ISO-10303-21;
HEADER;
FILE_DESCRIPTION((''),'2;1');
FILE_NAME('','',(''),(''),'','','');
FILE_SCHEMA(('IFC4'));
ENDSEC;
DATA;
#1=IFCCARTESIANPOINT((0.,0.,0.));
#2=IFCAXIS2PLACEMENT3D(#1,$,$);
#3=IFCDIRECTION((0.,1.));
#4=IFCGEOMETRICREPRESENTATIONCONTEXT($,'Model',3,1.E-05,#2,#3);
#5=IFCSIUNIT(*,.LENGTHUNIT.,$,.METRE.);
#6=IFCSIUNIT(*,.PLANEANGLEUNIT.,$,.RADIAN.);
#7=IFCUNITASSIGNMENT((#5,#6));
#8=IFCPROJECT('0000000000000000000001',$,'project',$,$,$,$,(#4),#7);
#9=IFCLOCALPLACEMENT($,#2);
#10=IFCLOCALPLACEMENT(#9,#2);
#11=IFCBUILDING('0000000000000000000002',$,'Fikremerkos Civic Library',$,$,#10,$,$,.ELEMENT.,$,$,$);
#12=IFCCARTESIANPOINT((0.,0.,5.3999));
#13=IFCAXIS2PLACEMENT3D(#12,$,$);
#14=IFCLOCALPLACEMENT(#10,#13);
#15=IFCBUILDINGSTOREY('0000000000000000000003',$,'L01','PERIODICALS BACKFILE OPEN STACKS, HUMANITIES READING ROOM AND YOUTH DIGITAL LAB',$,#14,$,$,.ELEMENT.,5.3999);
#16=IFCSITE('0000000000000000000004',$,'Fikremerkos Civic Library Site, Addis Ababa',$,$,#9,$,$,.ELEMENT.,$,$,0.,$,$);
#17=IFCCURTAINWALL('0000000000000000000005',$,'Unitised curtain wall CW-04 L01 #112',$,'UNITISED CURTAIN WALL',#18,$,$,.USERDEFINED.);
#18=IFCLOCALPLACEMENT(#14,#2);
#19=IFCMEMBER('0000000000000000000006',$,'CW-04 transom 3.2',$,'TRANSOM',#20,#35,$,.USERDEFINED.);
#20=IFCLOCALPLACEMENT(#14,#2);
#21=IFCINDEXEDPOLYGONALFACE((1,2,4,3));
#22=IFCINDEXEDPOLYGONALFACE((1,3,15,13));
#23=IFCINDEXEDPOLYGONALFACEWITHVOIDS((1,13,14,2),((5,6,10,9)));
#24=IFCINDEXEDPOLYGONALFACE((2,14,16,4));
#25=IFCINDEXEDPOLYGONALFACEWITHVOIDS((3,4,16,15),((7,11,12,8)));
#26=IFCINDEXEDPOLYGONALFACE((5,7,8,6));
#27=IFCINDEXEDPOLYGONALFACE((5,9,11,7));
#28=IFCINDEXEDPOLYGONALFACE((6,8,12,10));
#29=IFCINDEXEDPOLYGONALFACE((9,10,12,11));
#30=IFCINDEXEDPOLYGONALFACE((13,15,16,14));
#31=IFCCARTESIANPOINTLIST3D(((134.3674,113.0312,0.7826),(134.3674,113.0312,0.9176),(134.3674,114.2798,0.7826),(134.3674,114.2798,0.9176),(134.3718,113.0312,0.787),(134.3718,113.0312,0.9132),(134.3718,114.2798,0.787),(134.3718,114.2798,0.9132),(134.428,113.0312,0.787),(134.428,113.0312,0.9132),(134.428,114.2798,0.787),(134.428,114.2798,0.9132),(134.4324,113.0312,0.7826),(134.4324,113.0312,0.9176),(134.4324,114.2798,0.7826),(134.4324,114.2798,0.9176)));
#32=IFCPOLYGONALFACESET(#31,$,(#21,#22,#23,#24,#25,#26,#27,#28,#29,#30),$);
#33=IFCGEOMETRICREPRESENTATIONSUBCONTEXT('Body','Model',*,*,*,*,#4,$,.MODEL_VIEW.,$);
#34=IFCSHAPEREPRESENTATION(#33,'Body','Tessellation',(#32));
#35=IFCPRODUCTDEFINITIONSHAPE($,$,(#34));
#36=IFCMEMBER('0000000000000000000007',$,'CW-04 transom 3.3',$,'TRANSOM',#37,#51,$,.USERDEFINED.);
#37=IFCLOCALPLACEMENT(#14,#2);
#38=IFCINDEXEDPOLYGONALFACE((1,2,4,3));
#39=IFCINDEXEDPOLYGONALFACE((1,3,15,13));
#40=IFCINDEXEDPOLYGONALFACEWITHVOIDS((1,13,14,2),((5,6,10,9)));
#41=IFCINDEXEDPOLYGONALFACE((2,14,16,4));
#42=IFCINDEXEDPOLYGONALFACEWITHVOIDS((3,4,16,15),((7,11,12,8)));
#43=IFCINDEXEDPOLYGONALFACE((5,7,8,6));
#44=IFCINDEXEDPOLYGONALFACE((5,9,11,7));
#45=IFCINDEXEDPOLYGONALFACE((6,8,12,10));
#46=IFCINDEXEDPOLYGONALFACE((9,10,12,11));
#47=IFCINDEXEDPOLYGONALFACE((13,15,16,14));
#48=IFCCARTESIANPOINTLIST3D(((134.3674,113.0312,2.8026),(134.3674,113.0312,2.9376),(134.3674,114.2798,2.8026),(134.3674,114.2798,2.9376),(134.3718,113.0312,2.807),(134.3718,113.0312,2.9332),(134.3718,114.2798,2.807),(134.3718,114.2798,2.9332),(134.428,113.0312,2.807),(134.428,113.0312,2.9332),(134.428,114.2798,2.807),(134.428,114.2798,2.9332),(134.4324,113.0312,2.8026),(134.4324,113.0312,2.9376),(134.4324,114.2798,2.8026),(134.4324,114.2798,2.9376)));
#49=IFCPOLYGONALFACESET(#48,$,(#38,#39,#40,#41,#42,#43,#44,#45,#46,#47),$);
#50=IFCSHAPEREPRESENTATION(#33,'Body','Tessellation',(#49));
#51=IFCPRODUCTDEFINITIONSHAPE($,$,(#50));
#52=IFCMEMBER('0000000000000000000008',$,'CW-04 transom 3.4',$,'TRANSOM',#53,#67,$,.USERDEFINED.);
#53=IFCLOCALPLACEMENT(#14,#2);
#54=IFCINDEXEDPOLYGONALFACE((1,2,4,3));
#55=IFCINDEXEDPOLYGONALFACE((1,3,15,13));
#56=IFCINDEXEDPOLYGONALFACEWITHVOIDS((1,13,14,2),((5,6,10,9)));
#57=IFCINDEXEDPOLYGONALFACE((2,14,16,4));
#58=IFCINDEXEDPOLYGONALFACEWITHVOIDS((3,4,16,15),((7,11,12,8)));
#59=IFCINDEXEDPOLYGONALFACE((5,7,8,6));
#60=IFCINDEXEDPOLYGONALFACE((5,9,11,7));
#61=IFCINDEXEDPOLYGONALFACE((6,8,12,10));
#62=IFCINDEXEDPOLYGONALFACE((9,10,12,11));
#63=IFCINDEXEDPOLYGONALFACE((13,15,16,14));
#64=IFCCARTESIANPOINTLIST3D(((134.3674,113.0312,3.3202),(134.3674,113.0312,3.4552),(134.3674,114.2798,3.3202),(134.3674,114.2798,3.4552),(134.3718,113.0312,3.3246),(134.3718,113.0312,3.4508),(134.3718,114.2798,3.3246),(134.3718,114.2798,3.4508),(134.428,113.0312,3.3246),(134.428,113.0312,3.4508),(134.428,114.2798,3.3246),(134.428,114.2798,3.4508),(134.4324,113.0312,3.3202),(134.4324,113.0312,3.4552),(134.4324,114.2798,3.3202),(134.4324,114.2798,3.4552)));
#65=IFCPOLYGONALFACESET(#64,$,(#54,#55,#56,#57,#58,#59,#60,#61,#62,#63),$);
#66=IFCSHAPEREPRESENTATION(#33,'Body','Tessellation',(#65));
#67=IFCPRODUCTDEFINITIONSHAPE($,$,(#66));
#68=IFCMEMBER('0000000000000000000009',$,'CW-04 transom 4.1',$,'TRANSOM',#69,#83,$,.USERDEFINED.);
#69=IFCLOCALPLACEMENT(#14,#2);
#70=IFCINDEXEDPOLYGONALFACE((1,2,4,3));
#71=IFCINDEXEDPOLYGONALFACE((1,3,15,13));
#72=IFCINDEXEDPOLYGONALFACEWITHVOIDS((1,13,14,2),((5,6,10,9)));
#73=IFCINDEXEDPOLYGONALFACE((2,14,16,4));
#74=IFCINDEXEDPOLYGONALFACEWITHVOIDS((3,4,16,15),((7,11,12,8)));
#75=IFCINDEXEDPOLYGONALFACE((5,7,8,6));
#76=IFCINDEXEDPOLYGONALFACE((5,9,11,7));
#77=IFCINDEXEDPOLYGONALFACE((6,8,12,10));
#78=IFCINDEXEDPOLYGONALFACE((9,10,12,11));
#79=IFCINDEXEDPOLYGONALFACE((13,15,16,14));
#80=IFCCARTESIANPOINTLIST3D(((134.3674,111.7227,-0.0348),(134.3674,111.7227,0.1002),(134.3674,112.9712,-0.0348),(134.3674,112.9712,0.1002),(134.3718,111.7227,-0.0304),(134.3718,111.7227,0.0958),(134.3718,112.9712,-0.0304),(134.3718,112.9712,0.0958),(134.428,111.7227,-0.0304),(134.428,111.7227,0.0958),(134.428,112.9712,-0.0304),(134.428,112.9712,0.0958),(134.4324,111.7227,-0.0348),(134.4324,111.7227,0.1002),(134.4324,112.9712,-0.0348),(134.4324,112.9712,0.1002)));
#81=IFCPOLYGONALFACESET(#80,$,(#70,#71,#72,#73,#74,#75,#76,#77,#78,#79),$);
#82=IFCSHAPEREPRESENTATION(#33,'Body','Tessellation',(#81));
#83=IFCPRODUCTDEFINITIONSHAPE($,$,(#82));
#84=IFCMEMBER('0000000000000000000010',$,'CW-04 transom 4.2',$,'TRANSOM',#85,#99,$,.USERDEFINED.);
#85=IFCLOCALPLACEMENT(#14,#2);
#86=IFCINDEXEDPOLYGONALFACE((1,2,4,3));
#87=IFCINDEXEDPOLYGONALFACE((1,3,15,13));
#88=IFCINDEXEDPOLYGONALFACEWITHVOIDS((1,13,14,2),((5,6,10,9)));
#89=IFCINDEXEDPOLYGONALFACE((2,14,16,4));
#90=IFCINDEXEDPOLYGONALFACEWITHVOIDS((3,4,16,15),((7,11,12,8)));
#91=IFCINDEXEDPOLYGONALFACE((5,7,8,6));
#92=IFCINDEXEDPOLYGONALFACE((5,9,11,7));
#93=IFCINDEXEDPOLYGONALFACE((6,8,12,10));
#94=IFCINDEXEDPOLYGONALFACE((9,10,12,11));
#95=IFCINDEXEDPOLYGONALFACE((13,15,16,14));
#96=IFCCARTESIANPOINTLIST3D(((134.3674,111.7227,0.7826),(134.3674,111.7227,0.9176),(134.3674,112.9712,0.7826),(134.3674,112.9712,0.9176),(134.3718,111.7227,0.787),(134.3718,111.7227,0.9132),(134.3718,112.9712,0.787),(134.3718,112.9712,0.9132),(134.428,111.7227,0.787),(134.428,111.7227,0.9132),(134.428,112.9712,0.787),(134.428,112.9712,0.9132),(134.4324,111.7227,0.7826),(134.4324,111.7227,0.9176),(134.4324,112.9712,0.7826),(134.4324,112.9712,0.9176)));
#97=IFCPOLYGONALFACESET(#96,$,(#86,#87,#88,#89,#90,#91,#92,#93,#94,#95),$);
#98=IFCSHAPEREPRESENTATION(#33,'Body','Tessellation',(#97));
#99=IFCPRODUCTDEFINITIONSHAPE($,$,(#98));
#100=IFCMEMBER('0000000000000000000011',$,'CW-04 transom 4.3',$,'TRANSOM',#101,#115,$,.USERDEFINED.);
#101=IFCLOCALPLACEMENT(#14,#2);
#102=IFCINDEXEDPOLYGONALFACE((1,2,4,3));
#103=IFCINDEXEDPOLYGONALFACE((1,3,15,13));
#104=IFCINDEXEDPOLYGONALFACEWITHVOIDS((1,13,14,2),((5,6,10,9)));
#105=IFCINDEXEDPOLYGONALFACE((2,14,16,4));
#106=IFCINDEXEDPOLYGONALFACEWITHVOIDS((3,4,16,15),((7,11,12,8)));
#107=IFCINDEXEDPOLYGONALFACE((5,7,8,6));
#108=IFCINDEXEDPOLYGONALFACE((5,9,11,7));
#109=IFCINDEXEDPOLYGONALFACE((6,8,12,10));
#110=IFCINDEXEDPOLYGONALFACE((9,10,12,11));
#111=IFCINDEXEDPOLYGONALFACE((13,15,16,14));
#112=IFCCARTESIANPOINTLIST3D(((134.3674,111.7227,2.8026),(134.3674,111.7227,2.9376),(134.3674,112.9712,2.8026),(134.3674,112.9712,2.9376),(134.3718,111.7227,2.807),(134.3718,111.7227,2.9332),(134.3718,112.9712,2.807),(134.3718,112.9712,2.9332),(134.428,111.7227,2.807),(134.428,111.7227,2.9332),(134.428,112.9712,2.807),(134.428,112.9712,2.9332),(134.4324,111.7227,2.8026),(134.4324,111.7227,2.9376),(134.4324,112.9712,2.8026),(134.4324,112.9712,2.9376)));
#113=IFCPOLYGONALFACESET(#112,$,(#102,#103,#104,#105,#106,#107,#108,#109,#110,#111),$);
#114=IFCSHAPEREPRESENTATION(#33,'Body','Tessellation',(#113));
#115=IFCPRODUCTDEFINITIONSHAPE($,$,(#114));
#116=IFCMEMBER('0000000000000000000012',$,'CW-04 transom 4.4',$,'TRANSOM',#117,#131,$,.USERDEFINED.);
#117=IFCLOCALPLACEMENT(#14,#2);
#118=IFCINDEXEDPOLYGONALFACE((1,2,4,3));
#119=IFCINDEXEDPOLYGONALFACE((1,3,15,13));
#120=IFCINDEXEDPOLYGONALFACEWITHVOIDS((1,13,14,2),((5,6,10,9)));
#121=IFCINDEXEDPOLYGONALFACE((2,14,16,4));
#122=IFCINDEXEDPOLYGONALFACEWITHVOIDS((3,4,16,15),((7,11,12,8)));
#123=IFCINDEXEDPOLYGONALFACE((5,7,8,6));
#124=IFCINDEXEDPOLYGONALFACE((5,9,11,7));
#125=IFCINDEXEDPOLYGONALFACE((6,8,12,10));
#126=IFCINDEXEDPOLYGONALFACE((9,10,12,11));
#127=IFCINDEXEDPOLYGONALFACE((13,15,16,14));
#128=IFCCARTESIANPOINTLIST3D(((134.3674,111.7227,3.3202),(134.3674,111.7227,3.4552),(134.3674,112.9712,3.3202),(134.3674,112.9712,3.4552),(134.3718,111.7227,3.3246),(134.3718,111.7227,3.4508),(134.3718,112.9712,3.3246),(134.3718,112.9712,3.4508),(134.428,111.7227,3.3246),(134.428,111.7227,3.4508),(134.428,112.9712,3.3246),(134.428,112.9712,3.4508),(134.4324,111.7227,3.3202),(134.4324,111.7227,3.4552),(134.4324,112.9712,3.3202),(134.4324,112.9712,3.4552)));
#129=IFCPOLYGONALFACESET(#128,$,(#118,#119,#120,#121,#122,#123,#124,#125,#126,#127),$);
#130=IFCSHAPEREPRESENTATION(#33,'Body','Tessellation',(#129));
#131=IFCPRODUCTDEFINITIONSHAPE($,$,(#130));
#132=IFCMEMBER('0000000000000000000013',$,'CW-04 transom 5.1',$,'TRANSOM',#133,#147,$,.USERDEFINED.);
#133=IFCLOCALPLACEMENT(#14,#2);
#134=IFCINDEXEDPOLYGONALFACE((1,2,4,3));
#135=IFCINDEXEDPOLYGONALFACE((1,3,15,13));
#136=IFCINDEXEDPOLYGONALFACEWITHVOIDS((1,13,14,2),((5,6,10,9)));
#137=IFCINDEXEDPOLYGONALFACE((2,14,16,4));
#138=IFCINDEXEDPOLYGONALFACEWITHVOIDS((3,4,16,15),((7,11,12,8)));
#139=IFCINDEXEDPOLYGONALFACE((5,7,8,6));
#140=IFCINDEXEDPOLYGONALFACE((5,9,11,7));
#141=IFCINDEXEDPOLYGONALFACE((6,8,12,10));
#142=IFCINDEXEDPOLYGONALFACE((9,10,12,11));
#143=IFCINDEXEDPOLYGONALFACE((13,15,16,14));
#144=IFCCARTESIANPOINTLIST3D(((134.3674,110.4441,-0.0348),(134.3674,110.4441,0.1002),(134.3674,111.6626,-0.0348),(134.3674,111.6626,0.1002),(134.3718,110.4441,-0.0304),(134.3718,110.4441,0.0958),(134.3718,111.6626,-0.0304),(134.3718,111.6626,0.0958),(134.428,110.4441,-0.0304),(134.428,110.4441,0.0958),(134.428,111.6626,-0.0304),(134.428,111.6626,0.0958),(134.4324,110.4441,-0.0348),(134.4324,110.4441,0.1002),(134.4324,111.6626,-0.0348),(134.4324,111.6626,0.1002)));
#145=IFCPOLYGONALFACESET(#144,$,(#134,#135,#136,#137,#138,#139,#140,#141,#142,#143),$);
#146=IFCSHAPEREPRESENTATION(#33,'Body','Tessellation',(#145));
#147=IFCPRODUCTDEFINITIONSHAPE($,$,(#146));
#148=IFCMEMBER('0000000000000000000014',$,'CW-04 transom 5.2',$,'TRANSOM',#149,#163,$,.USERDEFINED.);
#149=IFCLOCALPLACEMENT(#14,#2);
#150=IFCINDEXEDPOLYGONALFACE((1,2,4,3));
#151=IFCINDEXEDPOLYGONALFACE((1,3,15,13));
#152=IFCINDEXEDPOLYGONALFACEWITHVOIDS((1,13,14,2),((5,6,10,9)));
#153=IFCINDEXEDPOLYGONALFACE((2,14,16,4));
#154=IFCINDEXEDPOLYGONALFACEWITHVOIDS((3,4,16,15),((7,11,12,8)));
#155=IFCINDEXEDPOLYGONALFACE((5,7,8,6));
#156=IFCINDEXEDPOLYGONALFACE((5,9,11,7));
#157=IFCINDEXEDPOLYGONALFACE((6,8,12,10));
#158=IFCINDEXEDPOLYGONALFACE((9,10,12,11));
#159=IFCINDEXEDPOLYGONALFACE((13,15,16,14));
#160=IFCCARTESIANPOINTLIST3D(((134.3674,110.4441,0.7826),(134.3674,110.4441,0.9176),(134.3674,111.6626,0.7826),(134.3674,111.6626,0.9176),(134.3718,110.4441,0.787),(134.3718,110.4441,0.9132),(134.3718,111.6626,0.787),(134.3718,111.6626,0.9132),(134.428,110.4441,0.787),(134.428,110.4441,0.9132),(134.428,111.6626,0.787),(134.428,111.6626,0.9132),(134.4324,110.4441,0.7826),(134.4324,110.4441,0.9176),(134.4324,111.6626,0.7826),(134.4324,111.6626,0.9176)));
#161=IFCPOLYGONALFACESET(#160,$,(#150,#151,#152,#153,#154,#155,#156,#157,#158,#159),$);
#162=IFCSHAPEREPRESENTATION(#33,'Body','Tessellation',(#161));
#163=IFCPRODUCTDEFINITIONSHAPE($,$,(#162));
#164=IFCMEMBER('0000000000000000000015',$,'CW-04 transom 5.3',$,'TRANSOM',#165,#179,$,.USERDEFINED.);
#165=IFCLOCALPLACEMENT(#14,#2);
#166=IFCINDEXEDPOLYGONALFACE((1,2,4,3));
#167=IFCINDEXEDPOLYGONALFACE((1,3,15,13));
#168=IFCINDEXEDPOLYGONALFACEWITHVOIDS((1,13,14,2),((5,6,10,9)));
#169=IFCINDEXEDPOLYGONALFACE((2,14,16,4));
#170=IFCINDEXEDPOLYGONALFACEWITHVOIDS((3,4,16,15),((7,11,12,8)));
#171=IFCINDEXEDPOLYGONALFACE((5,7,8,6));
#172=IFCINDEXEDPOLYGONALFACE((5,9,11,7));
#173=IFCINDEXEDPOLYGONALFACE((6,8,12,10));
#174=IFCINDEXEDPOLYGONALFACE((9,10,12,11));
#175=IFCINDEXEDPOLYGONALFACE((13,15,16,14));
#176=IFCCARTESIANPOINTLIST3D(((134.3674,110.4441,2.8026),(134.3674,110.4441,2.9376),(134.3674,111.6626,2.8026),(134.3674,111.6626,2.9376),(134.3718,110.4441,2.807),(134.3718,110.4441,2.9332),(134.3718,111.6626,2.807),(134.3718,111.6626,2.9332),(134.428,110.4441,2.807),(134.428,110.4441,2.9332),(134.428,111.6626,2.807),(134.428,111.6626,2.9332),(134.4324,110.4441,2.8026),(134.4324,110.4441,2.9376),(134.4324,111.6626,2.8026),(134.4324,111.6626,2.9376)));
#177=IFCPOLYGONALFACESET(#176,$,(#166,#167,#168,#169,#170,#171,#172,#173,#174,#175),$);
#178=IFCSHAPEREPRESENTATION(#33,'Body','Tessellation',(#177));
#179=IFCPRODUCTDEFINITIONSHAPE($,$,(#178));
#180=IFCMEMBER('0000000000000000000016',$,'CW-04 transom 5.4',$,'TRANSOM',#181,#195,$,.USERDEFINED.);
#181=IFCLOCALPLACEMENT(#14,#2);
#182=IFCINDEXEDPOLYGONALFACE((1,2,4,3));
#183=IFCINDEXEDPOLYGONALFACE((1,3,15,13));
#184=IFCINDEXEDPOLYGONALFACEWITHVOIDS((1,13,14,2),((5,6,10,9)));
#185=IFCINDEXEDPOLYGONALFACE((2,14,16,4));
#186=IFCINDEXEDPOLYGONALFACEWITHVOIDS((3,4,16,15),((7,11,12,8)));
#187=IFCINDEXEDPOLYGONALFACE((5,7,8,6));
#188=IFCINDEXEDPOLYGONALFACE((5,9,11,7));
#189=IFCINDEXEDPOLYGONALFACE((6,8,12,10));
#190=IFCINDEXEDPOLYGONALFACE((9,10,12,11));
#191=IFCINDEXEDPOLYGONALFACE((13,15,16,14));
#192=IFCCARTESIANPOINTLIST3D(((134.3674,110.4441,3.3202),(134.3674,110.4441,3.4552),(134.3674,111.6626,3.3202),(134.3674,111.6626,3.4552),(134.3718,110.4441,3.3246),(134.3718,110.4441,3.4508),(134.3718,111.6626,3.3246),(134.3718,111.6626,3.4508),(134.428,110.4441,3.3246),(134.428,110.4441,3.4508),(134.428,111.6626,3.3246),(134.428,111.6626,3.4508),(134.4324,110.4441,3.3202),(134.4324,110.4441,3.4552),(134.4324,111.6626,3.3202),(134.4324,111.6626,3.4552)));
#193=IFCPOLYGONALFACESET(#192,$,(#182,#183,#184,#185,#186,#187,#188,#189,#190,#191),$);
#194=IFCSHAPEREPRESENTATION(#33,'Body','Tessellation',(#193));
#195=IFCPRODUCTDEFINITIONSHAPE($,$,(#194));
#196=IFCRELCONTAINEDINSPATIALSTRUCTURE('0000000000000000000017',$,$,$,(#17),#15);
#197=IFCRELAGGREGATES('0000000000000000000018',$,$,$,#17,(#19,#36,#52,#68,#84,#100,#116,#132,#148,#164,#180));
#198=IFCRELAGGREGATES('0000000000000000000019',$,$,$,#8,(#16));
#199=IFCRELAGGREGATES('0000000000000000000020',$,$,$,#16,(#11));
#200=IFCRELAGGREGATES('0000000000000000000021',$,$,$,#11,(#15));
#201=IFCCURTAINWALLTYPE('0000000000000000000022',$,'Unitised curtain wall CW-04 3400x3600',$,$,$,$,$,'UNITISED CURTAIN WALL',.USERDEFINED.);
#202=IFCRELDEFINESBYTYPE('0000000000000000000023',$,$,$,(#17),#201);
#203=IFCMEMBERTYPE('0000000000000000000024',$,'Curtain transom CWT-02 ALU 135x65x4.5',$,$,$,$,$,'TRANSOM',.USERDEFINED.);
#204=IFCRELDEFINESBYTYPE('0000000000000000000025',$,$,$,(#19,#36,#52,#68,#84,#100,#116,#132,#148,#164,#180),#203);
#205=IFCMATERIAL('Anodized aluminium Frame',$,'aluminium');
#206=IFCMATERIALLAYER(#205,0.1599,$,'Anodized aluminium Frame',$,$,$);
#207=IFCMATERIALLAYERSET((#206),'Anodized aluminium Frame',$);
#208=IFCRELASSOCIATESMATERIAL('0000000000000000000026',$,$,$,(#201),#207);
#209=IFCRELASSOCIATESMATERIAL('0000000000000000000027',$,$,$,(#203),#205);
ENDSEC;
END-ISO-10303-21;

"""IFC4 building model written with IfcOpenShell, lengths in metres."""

from ifc_helpers import new_model, si_unit, direction, frame, origin, origin_2d, place, context, subcontext, project, spatial, hollow_rectangle, extrude, material, layer, layer_set, material_profile, profile_set, type_object, element, aggregate, save


model = new_model("IFC4")

# Units and contexts
model_context = context("Model", 3, precision=1e-05, world=origin(), true_north=direction((0.0, 1.0)))
body_context = subcontext(model_context, "Body", "Model", "MODEL_VIEW")
ifc_project = project(units=[si_unit("LENGTHUNIT", "METRE"), si_unit("PLANEANGLEUNIT", "RADIAN")], contexts=[model_context])

# Site, building, storey
site_placement = place(None, origin())
site = spatial("IfcSite", under=ifc_project, at=site_placement, Name="Fikremerkos Civic Library Site, Addis Ababa", CompositionType="ELEMENT", RefElevation=0.0)
building_placement = place(site_placement, origin())
building = spatial("IfcBuilding", under=site, at=building_placement, Name="Fikremerkos Civic Library", CompositionType="ELEMENT")
storey_placement = place(building_placement, frame((0.0, 0.0, 5.3999)))
storey = spatial("IfcBuildingStorey", under=building, at=storey_placement, Name="L01", Description="PERIODICALS BACKFILE OPEN STACKS, HUMANITIES READING ROOM AND YOUTH DIGITAL LAB", CompositionType="ELEMENT", Elevation=5.3999)

# Shared definitions
ifc_material_1 = material(Name="Anodized aluminium Frame", Category="aluminium")

# Curtain wall, members
ifc_layer_1 = layer(ifc_material_1, 0.1599, Name="Anodized aluminium Frame")
ifc_layer_set_1 = layer_set([ifc_layer_1], Name="Anodized aluminium Frame")
curtain_wall_type_1 = type_object("IfcCurtainWallType", Name="Unitised curtain wall CW-04 3400x3600", ElementType="UNITISED CURTAIN WALL", PredefinedType="USERDEFINED", material=ifc_layer_set_1)
curtain_wall_1_placement = place(storey_placement, origin())
curtain_wall_1 = element("IfcCurtainWall", 1, at=curtain_wall_1_placement, inside=storey, type_object=curtain_wall_type_1, Name="Unitised curtain wall CW-04 L01 #112", ObjectType="UNITISED CURTAIN WALL", PredefinedType="USERDEFINED")
ifc_material_profile_1 = material_profile(ifc_material_1, hollow_rectangle(XDim=0.0649, YDim=0.135, WallThickness=0.0044, at=origin_2d()), Name="ALU 135x65x4.5")
ifc_profile_set_1 = profile_set([ifc_material_profile_1], Name="Anodized aluminium Frame")
member_type_1 = type_object("IfcMemberType", Name="Curtain transom CWT-02 ALU 135x65x4.5", ElementType="TRANSOM", PredefinedType="USERDEFINED", material=ifc_profile_set_1)
member_1_placement = place(storey_placement, frame((134.3999, 114.2798, 0.8501), z_axis=(0.0, -1.0, 0.0), x_axis=(1.0, 0.0, 0.0)))
member_1 = element("IfcMember", 2, at=member_1_placement, type_object=member_type_1, Name="CW-04 transom 3.2", ObjectType="TRANSOM", PredefinedType="USERDEFINED", context=body_context, shape_type="SweptSolid", body=[
    extrude(hollow_rectangle(XDim=0.0649, YDim=0.135, WallThickness=0.0044, at=origin_2d()), origin(), (0.0, 0.0, 1.0), 1.2485),
])
member_2_placement = place(storey_placement, frame((134.3999, 114.2798, 2.8701), z_axis=(0.0, -1.0, 0.0), x_axis=(1.0, 0.0, 0.0)))
member_2 = element("IfcMember", 3, at=member_2_placement, type_object=member_type_1, Name="CW-04 transom 3.3", ObjectType="TRANSOM", PredefinedType="USERDEFINED", context=body_context, shape_type="SweptSolid", body=[
    extrude(hollow_rectangle(XDim=0.0649, YDim=0.135, WallThickness=0.0044, at=origin_2d()), origin(), (0.0, 0.0, 1.0), 1.2485),
])
member_3_placement = place(storey_placement, frame((134.3999, 114.2798, 3.3877), z_axis=(0.0, -1.0, 0.0), x_axis=(1.0, 0.0, 0.0)))
member_3 = element("IfcMember", 4, at=member_3_placement, type_object=member_type_1, Name="CW-04 transom 3.4", ObjectType="TRANSOM", PredefinedType="USERDEFINED", context=body_context, shape_type="SweptSolid", body=[
    extrude(hollow_rectangle(XDim=0.0649, YDim=0.135, WallThickness=0.0044, at=origin_2d()), origin(), (0.0, 0.0, 1.0), 1.2485),
])
member_4_placement = place(storey_placement, frame((134.3999, 112.9712, 0.0327), z_axis=(0.0, -1.0, 0.0), x_axis=(1.0, 0.0, 0.0)))
member_4 = element("IfcMember", 5, at=member_4_placement, type_object=member_type_1, Name="CW-04 transom 4.1", ObjectType="TRANSOM", PredefinedType="USERDEFINED", context=body_context, shape_type="SweptSolid", body=[
    extrude(hollow_rectangle(XDim=0.0649, YDim=0.135, WallThickness=0.0044, at=origin_2d()), origin(), (0.0, 0.0, 1.0), 1.2485),
])
member_5_placement = place(storey_placement, frame((134.3999, 112.9712, 0.8501), z_axis=(0.0, -1.0, 0.0), x_axis=(1.0, 0.0, 0.0)))
member_5 = element("IfcMember", 6, at=member_5_placement, type_object=member_type_1, Name="CW-04 transom 4.2", ObjectType="TRANSOM", PredefinedType="USERDEFINED", context=body_context, shape_type="SweptSolid", body=[
    extrude(hollow_rectangle(XDim=0.0649, YDim=0.135, WallThickness=0.0044, at=origin_2d()), origin(), (0.0, 0.0, 1.0), 1.2485),
])
member_6_placement = place(storey_placement, frame((134.3999, 112.9712, 2.8701), z_axis=(0.0, -1.0, 0.0), x_axis=(1.0, 0.0, 0.0)))
member_6 = element("IfcMember", 7, at=member_6_placement, type_object=member_type_1, Name="CW-04 transom 4.3", ObjectType="TRANSOM", PredefinedType="USERDEFINED", context=body_context, shape_type="SweptSolid", body=[
    extrude(hollow_rectangle(XDim=0.0649, YDim=0.135, WallThickness=0.0044, at=origin_2d()), origin(), (0.0, 0.0, 1.0), 1.2485),
])
member_7_placement = place(storey_placement, frame((134.3999, 112.9712, 3.3877), z_axis=(0.0, -1.0, 0.0), x_axis=(1.0, 0.0, 0.0)))
member_7 = element("IfcMember", 8, at=member_7_placement, type_object=member_type_1, Name="CW-04 transom 4.4", ObjectType="TRANSOM", PredefinedType="USERDEFINED", context=body_context, shape_type="SweptSolid", body=[
    extrude(hollow_rectangle(XDim=0.0649, YDim=0.135, WallThickness=0.0044, at=origin_2d()), origin(), (0.0, 0.0, 1.0), 1.2485),
])
member_8_placement = place(storey_placement, frame((134.3999, 111.6626, 0.0327), z_axis=(0.0, -1.0, 0.0), x_axis=(1.0, 0.0, 0.0)))
member_8 = element("IfcMember", 9, at=member_8_placement, type_object=member_type_1, Name="CW-04 transom 5.1", ObjectType="TRANSOM", PredefinedType="USERDEFINED", context=body_context, shape_type="SweptSolid", body=[
    extrude(hollow_rectangle(XDim=0.0649, YDim=0.135, WallThickness=0.0044, at=origin_2d()), origin(), (0.0, 0.0, 1.0), 1.2185),
])
member_9_placement = place(storey_placement, frame((134.3999, 111.6626, 0.8501), z_axis=(0.0, -1.0, 0.0), x_axis=(1.0, 0.0, 0.0)))
member_9 = element("IfcMember", 10, at=member_9_placement, type_object=member_type_1, Name="CW-04 transom 5.2", ObjectType="TRANSOM", PredefinedType="USERDEFINED", context=body_context, shape_type="SweptSolid", body=[
    extrude(hollow_rectangle(XDim=0.0649, YDim=0.135, WallThickness=0.0044, at=origin_2d()), origin(), (0.0, 0.0, 1.0), 1.2185),
])
member_10_placement = place(storey_placement, frame((134.3999, 111.6626, 2.8701), z_axis=(0.0, -1.0, 0.0), x_axis=(1.0, 0.0, 0.0)))
member_10 = element("IfcMember", 11, at=member_10_placement, type_object=member_type_1, Name="CW-04 transom 5.3", ObjectType="TRANSOM", PredefinedType="USERDEFINED", context=body_context, shape_type="SweptSolid", body=[
    extrude(hollow_rectangle(XDim=0.0649, YDim=0.135, WallThickness=0.0044, at=origin_2d()), origin(), (0.0, 0.0, 1.0), 1.2185),
])
member_11_placement = place(storey_placement, frame((134.3999, 111.6626, 3.3877), z_axis=(0.0, -1.0, 0.0), x_axis=(1.0, 0.0, 0.0)))
member_11 = element("IfcMember", 12, at=member_11_placement, type_object=member_type_1, Name="CW-04 transom 5.4", ObjectType="TRANSOM", PredefinedType="USERDEFINED", context=body_context, shape_type="SweptSolid", body=[
    extrude(hollow_rectangle(XDim=0.0649, YDim=0.135, WallThickness=0.0044, at=origin_2d()), origin(), (0.0, 0.0, 1.0), 1.2185),
])

aggregate(curtain_wall_1, [member_1, member_2, member_3, member_4, member_5, member_6, member_7, member_8, member_9, member_10, member_11])

save(model, "model.ifc")
